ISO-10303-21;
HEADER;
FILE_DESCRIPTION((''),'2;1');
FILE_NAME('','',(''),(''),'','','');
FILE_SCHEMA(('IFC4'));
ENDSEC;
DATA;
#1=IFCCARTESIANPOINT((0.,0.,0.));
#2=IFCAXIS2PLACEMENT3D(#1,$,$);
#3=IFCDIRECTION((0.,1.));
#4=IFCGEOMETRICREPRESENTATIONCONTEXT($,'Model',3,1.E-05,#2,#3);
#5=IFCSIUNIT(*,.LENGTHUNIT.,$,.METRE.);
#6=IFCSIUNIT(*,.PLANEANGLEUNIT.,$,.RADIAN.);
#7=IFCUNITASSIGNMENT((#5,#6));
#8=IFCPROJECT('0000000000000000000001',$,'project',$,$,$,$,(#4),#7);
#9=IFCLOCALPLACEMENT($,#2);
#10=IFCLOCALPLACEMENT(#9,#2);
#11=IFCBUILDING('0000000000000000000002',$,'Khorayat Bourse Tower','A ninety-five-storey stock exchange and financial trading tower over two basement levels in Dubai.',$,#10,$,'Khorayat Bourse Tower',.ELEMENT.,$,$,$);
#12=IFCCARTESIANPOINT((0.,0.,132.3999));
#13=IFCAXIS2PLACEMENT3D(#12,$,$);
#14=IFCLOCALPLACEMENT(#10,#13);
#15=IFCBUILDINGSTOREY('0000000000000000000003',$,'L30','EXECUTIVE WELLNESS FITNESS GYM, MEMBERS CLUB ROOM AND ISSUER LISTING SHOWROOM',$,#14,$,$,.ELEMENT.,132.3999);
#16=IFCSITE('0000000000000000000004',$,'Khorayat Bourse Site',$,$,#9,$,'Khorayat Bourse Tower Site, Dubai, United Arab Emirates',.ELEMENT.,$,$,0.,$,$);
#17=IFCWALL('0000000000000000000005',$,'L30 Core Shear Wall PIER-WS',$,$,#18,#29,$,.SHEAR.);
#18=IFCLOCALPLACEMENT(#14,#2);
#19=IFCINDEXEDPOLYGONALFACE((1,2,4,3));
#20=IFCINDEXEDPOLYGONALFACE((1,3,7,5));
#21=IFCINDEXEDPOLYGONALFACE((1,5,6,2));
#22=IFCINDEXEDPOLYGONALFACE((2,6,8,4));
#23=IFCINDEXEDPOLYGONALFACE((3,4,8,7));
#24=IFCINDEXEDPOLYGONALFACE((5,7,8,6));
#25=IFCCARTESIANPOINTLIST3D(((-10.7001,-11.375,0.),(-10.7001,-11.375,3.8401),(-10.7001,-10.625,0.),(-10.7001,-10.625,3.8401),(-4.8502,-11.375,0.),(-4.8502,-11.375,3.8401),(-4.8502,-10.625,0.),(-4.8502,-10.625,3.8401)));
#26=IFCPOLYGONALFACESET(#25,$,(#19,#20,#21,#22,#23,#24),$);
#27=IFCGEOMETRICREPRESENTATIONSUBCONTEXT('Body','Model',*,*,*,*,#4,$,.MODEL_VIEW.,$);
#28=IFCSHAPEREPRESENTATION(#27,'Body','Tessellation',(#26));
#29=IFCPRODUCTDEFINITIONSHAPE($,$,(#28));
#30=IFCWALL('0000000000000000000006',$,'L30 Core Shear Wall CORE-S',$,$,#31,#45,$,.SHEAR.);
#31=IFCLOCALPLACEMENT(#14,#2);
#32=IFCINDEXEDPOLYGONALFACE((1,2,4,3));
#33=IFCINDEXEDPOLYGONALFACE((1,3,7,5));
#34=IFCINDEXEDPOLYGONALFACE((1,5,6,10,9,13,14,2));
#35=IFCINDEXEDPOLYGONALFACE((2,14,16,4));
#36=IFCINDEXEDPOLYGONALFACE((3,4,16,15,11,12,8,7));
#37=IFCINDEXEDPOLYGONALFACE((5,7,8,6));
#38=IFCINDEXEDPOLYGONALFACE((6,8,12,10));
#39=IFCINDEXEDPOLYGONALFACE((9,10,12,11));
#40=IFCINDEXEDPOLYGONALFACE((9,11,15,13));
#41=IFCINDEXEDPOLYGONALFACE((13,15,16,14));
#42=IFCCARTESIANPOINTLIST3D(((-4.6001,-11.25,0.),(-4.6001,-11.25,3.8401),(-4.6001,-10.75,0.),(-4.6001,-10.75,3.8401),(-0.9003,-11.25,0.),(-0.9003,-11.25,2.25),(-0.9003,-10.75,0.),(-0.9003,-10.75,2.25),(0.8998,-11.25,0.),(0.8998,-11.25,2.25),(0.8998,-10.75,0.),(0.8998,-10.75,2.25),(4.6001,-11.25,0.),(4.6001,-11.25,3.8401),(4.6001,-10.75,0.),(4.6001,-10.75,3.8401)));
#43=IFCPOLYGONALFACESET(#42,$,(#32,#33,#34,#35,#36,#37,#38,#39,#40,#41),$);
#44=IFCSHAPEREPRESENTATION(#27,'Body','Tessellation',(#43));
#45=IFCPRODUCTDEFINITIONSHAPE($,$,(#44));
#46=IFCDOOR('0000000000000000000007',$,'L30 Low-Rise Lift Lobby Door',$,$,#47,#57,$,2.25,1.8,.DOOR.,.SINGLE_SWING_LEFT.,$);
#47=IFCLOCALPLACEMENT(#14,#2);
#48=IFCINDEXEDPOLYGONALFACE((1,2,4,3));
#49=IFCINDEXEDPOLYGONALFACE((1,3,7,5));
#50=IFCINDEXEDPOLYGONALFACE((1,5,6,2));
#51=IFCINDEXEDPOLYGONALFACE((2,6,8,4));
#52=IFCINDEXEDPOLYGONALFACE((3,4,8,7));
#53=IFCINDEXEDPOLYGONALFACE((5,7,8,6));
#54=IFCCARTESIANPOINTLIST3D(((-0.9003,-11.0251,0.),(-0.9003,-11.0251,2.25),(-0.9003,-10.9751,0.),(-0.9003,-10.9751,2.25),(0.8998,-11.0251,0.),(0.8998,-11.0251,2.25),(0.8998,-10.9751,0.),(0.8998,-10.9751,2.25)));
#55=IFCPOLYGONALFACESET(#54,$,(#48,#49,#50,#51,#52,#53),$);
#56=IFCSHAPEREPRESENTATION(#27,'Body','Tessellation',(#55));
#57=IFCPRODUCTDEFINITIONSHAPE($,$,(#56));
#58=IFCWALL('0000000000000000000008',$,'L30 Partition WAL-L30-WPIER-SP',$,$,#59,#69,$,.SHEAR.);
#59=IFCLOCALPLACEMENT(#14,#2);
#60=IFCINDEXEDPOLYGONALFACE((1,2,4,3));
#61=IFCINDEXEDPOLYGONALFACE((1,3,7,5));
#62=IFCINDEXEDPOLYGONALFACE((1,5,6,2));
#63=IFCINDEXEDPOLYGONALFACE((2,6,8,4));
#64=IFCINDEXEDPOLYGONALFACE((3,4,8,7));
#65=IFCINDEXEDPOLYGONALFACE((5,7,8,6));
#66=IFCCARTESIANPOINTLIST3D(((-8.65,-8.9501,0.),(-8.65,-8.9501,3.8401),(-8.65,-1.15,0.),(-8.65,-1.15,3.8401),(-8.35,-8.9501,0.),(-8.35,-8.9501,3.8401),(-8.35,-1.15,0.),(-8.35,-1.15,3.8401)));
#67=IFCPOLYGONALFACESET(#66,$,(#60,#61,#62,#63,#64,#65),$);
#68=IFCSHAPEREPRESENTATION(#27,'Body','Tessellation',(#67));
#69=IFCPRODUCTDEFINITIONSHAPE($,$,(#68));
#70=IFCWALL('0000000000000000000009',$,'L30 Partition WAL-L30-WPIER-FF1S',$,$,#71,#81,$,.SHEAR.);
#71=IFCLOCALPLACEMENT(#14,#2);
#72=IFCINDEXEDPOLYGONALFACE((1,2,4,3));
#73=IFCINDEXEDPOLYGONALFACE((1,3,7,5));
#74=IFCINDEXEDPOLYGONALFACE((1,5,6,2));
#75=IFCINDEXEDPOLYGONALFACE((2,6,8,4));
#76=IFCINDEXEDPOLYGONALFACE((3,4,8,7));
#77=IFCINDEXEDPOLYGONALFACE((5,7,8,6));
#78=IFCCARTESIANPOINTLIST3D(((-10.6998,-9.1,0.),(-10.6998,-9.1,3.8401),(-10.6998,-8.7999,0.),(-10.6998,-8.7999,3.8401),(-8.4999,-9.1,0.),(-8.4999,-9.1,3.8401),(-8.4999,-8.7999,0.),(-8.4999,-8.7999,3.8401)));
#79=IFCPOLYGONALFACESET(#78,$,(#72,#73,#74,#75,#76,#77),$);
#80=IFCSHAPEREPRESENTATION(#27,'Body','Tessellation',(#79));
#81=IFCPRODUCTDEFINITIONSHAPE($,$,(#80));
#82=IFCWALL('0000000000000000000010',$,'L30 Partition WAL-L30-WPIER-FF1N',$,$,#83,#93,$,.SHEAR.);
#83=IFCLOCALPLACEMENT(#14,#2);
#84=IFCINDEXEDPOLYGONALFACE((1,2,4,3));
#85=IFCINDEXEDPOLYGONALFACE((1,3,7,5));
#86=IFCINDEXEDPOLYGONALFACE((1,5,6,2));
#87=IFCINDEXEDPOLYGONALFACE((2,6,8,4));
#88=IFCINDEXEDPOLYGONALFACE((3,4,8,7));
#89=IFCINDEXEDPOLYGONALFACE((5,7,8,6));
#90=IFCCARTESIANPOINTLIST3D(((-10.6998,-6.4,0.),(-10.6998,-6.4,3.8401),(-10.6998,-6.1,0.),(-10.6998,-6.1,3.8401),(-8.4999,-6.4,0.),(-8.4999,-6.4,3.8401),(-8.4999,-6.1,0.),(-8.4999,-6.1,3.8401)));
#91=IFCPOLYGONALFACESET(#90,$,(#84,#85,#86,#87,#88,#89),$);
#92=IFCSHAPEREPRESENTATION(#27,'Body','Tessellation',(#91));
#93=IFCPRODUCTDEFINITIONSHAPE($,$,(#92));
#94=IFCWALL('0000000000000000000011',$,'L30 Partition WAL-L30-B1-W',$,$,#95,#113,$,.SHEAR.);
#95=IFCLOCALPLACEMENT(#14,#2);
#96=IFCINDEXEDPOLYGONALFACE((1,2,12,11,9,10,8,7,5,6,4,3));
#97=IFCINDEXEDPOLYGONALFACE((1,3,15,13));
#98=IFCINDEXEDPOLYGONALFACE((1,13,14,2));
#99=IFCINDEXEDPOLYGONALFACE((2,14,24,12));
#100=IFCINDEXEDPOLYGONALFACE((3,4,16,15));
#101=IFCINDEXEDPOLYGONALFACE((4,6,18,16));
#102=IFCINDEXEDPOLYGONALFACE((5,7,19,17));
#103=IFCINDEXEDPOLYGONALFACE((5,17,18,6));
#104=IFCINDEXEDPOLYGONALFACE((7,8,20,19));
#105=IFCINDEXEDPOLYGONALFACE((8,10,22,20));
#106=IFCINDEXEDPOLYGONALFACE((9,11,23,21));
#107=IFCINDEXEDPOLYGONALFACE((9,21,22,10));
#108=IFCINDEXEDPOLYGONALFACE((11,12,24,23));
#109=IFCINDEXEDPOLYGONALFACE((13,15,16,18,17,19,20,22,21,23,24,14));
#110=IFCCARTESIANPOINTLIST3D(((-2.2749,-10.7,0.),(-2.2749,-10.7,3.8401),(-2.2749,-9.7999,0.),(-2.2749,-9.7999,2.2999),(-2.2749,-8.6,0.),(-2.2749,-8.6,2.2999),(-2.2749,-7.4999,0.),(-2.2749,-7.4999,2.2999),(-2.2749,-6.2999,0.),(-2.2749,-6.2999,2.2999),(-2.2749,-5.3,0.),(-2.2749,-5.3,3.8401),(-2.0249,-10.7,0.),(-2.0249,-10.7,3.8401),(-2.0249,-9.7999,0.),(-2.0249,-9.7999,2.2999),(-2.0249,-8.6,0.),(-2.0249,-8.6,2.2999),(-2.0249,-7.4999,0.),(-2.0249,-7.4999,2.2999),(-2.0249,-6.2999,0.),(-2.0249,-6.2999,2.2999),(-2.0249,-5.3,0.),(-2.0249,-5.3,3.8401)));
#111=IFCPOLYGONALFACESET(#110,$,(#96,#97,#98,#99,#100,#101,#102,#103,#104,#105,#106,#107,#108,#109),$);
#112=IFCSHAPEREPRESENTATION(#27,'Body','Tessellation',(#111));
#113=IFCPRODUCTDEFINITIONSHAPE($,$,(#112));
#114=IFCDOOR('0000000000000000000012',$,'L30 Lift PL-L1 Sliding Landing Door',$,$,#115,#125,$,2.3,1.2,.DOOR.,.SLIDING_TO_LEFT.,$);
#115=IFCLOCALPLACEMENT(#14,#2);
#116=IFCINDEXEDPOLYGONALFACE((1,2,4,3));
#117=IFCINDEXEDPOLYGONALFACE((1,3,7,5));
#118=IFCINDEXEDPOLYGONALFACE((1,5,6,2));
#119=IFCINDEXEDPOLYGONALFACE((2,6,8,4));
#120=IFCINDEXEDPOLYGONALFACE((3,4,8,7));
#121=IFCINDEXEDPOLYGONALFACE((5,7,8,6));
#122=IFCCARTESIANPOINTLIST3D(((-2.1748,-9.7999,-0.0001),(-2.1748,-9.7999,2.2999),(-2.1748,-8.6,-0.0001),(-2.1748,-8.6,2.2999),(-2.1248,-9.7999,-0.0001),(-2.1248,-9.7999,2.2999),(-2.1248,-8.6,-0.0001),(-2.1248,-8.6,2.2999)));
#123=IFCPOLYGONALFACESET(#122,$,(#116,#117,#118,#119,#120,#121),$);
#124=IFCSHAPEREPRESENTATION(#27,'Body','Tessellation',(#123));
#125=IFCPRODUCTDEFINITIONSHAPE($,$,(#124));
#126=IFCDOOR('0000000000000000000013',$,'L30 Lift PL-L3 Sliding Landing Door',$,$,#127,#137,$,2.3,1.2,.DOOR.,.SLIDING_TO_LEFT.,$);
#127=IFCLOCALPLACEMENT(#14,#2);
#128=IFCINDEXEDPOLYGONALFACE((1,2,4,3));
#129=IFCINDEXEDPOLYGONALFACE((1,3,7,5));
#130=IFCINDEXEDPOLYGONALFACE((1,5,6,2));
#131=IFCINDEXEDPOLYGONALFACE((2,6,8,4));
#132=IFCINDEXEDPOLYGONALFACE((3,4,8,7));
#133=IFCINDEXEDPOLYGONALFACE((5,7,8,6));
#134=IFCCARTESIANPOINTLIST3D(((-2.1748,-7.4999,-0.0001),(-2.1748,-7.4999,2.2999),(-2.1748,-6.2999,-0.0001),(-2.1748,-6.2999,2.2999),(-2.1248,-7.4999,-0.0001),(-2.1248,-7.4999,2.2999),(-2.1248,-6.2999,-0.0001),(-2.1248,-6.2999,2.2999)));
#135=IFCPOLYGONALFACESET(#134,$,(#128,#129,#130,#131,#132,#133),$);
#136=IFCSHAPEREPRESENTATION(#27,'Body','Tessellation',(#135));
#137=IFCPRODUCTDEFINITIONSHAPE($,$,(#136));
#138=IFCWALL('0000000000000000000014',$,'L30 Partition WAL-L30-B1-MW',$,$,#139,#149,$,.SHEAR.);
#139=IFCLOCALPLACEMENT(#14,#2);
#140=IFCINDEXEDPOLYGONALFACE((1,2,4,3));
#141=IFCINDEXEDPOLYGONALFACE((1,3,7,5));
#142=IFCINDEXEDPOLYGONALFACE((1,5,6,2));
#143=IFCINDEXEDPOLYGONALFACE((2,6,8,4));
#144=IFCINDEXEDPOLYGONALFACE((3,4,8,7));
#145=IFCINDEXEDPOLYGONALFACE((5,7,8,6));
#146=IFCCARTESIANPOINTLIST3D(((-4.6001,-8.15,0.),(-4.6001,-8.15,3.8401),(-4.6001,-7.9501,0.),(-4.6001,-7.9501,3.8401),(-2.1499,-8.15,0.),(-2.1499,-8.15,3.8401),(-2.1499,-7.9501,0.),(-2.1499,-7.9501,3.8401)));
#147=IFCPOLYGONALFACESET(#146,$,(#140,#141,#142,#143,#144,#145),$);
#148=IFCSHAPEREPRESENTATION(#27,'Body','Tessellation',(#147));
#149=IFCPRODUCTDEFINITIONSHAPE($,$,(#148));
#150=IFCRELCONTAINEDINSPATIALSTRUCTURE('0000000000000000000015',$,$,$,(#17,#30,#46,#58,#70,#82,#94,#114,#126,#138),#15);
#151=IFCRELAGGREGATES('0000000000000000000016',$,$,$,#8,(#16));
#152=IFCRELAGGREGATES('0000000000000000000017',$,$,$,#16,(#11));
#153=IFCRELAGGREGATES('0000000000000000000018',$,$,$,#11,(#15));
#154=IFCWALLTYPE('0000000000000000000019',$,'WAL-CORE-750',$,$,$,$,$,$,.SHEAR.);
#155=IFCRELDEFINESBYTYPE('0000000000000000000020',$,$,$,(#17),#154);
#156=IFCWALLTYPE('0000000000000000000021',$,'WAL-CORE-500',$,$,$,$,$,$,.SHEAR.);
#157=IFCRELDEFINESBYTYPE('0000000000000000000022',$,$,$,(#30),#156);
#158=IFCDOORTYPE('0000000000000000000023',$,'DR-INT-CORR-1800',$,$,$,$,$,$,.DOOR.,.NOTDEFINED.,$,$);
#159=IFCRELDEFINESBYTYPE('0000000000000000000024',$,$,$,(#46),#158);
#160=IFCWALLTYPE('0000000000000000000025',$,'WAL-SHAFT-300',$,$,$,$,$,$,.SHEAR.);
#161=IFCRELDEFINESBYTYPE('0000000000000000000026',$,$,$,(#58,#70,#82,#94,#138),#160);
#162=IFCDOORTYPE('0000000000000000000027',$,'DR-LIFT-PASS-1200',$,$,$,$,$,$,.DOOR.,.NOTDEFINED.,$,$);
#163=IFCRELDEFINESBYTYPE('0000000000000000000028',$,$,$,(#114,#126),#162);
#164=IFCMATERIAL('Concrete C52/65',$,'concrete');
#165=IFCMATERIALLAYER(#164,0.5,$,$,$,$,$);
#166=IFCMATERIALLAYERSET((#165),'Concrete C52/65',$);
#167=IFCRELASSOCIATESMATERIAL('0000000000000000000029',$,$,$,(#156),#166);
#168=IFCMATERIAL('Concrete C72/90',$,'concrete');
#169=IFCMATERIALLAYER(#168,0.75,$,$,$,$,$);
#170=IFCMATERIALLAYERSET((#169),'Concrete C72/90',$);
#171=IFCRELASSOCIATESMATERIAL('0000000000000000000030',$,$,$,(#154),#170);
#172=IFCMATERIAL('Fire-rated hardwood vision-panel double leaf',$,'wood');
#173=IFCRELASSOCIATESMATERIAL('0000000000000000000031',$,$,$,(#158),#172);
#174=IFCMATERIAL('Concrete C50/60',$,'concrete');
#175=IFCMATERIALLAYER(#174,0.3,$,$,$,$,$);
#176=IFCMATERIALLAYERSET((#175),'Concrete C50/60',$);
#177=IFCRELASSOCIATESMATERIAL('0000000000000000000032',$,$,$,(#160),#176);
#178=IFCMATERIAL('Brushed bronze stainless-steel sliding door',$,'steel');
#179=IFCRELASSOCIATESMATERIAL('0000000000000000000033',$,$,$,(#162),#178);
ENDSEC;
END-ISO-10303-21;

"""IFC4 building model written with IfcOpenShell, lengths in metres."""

from ifc_helpers import new_model, si_unit, direction, frame, frame_2d, origin, place, context, subcontext, project, spatial, rectangle, extrude, source, transform, mapped, material, layer, layer_set, type_object, element, fill, save


model = new_model("IFC4")

# Units and contexts
model_context = context("Model", 3, precision=1e-05, world=origin(), true_north=direction((0.0, 1.0)))
body_context = subcontext(model_context, "Body", "Model", "MODEL_VIEW")
ifc_project = project(units=[si_unit("LENGTHUNIT", "METRE"), si_unit("PLANEANGLEUNIT", "RADIAN")], contexts=[model_context])

# Site, building, storey
site_placement = place(None, origin())
site = spatial("IfcSite", under=ifc_project, at=site_placement, Name="Khorayat Bourse Site", LongName="Khorayat Bourse Tower Site, Dubai, United Arab Emirates", CompositionType="ELEMENT", RefElevation=0.0)
building_placement = place(site_placement, origin())
building = spatial("IfcBuilding", under=site, at=building_placement, Name="Khorayat Bourse Tower", Description="A ninety-five-storey stock exchange and financial trading tower over two basement levels in Dubai.", LongName="Khorayat Bourse Tower", CompositionType="ELEMENT")
storey_placement = place(building_placement, frame((0.0, 0.0, 132.3999)))
storey = spatial("IfcBuildingStorey", under=building, at=storey_placement, Name="L30", Description="EXECUTIVE WELLNESS FITNESS GYM, MEMBERS CLUB ROOM AND ISSUER LISTING SHOWROOM", CompositionType="ELEMENT", Elevation=132.3999)

# Shared definitions
ifc_material_1 = material(Name="Concrete C72/90", Category="concrete")

# Wall
ifc_material_2 = material(Name="Concrete C52/65", Category="concrete")
ifc_layer_1 = layer(ifc_material_2, 0.5)
ifc_layer_set_1 = layer_set([ifc_layer_1], Name="Concrete C52/65")
wall_type_1 = type_object("IfcWallType", Name="WAL-CORE-500", PredefinedType="SHEAR", material=ifc_layer_set_1)
ifc_layer_2 = layer(ifc_material_1, 0.75)
ifc_layer_set_2 = layer_set([ifc_layer_2], Name="Concrete C72/90")
wall_type_2 = type_object("IfcWallType", Name="WAL-CORE-750", PredefinedType="SHEAR", material=ifc_layer_set_2)
shared_shape_1 = source(origin(), body_context, "Body", "SweptSolid", [
    extrude(rectangle(XDim=5.8499, YDim=0.75, at=frame_2d((2.9248, 0.0))), origin(), (0.0, 0.0, 1.0), 3.8401),
])
wall_1_placement = place(storey_placement, frame((-10.7, -11.0, 0.0), z_axis=(0.0, 0.0, 1.0), x_axis=(1.0, 0.0, 0.0)))
element("IfcWall", 1, at=wall_1_placement, inside=storey, type_object=wall_type_2, Name="L30 Core Shear Wall PIER-WS", PredefinedType="SHEAR", context=body_context, shape_type="MappedRepresentation", body=[
    mapped(shared_shape_1, transform((0.0, 0.0, 0.0), scale=1.0)),
])

# Wall, opening, door
shared_shape_2 = source(origin(), body_context, "Body", "SweptSolid", [
    extrude(rectangle(XDim=9.2002, YDim=0.5, at=frame_2d((4.6001, 0.0))), origin(), (0.0, 0.0, 1.0), 3.8401),
])
wall_2_placement = place(storey_placement, frame((-4.6001, -11.0, 0.0), z_axis=(0.0, 0.0, 1.0), x_axis=(1.0, 0.0, 0.0)))
wall_2 = element("IfcWall", 2, at=wall_2_placement, inside=storey, type_object=wall_type_1, Name="L30 Core Shear Wall CORE-S", PredefinedType="SHEAR", context=body_context, shape_type="MappedRepresentation", body=[
    mapped(shared_shape_2, transform((0.0, 0.0, 0.0), scale=1.0)),
])
shared_shape_3 = source(origin(), body_context, "Body", "SweptSolid", [
    extrude(rectangle(XDim=1.8, YDim=2.25, at=frame_2d((0.8999, 1.125))), frame((0.0, 0.26, 0.0), z_axis=(0.0, -1.0, 0.0), x_axis=(1.0, 0.0, 0.0)), (0.0, 0.0, 1.0), 0.52),
])
opening_1_placement = place(wall_2_placement, frame((3.7, 0.0, 0.0)))
opening_1 = element("IfcOpeningElement", 3, at=opening_1_placement, cuts=wall_2, PredefinedType="OPENING", context=body_context, shape_type="MappedRepresentation", body=[
    mapped(shared_shape_3, transform((0.0, 0.0, 0.0), scale=1.0)),
])
ifc_material_3 = material(Name="Fire-rated hardwood vision-panel double leaf", Category="wood")
door_type_1 = type_object("IfcDoorType", Name="DR-INT-CORR-1800", OperationType="NOTDEFINED", PredefinedType="DOOR", material=ifc_material_3)
shared_shape_4 = source(origin(), body_context, "Body", "SweptSolid", [
    extrude(rectangle(XDim=1.8, YDim=2.25, at=frame_2d((0.8999, 1.125))), frame((0.0, 0.0249, 0.0), z_axis=(0.0, -1.0, 0.0), x_axis=(1.0, 0.0, 0.0)), (0.0, 0.0, 1.0), 0.05),
])
door_1_placement = place(opening_1_placement, origin())
door_1 = element("IfcDoor", 4, at=door_1_placement, inside=storey, type_object=door_type_1, Name="L30 Low-Rise Lift Lobby Door", OperationType="SINGLE_SWING_LEFT", OverallHeight=2.25, OverallWidth=1.8, PredefinedType="DOOR", context=body_context, shape_type="MappedRepresentation", body=[
    mapped(shared_shape_4, transform((0.0, 0.0, 0.0), scale=1.0)),
])
fill(opening_1, door_1)

# Walls
ifc_material_4 = material(Name="Concrete C50/60", Category="concrete")
ifc_layer_3 = layer(ifc_material_4, 0.3)
ifc_layer_set_3 = layer_set([ifc_layer_3], Name="Concrete C50/60")
wall_type_3 = type_object("IfcWallType", Name="WAL-SHAFT-300", PredefinedType="SHEAR", material=ifc_layer_set_3)
shared_shape_5 = source(origin(), body_context, "Body", "SweptSolid", [
    extrude(rectangle(XDim=7.8, YDim=0.3, at=frame_2d((3.8999, 0.0))), origin(), (0.0, 0.0, 1.0), 3.8401),
])
wall_3_placement = place(storey_placement, frame((-8.5, -8.95, 0.0), z_axis=(0.0, 0.0, 1.0), x_axis=(0.0, 1.0, 0.0)))
element("IfcWall", 5, at=wall_3_placement, inside=storey, type_object=wall_type_3, Name="L30 Partition WAL-L30-WPIER-SP", PredefinedType="SHEAR", context=body_context, shape_type="MappedRepresentation", body=[
    mapped(shared_shape_5, transform((0.0, 0.0, 0.0), scale=1.0)),
])
shared_shape_6 = source(origin(), body_context, "Body", "SweptSolid", [
    extrude(rectangle(XDim=2.2, YDim=0.3, at=frame_2d((1.1001, 0.0))), origin(), (0.0, 0.0, 1.0), 3.8401),
])
for number, where, z_axis, x_axis, name in (
    (6, (-10.7, -8.95, 0.0), (0.0, 0.0, 1.0), (1.0, 0.0, 0.0), "L30 Partition WAL-L30-WPIER-FF1S"),
    (7, (-10.7, -6.25, 0.0), (0.0, 0.0, 1.0), (1.0, 0.0, 0.0), "L30 Partition WAL-L30-WPIER-FF1N"),
):
    element("IfcWall", number, at=place(storey_placement, frame(where, z_axis=z_axis, x_axis=x_axis)), inside=storey, type_object=wall_type_3, Name=name, PredefinedType="SHEAR", context=body_context, shape_type="MappedRepresentation", body=[
        mapped(shared_shape_6, transform((0.0, 0.0, 0.0), scale=1.0)),
    ])

# Wall, openings, doors
shared_shape_7 = source(origin(), body_context, "Body", "SweptSolid", [
    extrude(rectangle(XDim=5.3999, YDim=0.25, at=frame_2d((2.7, 0.0))), origin(), (0.0, 0.0, 1.0), 3.8401),
])
wall_4_placement = place(storey_placement, frame((-2.1499, -10.7, 0.0), z_axis=(0.0, 0.0, 1.0), x_axis=(0.0, 1.0, 0.0)))
wall_4 = element("IfcWall", 8, at=wall_4_placement, inside=storey, type_object=wall_type_3, Name="L30 Partition WAL-L30-B1-W", PredefinedType="SHEAR", context=body_context, shape_type="MappedRepresentation", body=[
    mapped(shared_shape_7, transform((0.0, 0.0, 0.0), scale=1.0)),
])
shared_shape_8 = source(origin(), body_context, "Body", "SweptSolid", [
    extrude(rectangle(XDim=1.2, YDim=2.3, at=frame_2d((0.6001, 1.1499))), frame((0.0, 0.135, 0.0), z_axis=(0.0, -1.0, 0.0), x_axis=(1.0, 0.0, 0.0)), (0.0, 0.0, 1.0), 0.27),
])
opening_2_placement = place(wall_4_placement, frame((0.8999, 0.0, 0.0)))
opening_2 = element("IfcOpeningElement", 9, at=opening_2_placement, cuts=wall_4, PredefinedType="OPENING", context=body_context, shape_type="MappedRepresentation", body=[
    mapped(shared_shape_8, transform((0.0, 0.0, 0.0), scale=1.0)),
])
opening_3_placement = place(wall_4_placement, frame((3.2, 0.0, 0.0)))
opening_3 = element("IfcOpeningElement", 10, at=opening_3_placement, cuts=wall_4, PredefinedType="OPENING", context=body_context, shape_type="MappedRepresentation", body=[
    mapped(shared_shape_8, transform((0.0, 0.0, 0.0), scale=1.0)),
])
ifc_material_5 = material(Name="Brushed bronze stainless-steel sliding door", Category="steel")
door_type_2 = type_object("IfcDoorType", Name="DR-LIFT-PASS-1200", OperationType="NOTDEFINED", PredefinedType="DOOR", material=ifc_material_5)
shared_shape_9 = source(origin(), body_context, "Body", "SweptSolid", [
    extrude(rectangle(XDim=1.2, YDim=2.3, at=frame_2d((0.6001, 1.1499))), frame((0.0, 0.0249, 0.0), z_axis=(0.0, -1.0, 0.0), x_axis=(1.0, 0.0, 0.0)), (0.0, 0.0, 1.0), 0.05),
])
door_2_placement = place(opening_2_placement, origin())
door_2 = element("IfcDoor", 11, at=door_2_placement, inside=storey, type_object=door_type_2, Name="L30 Lift PL-L1 Sliding Landing Door", OperationType="SLIDING_TO_LEFT", OverallHeight=2.3, OverallWidth=1.2, PredefinedType="DOOR", context=body_context, shape_type="MappedRepresentation", body=[
    mapped(shared_shape_9, transform((0.0, 0.0, 0.0), scale=1.0)),
])
fill(opening_2, door_2)
door_3_placement = place(opening_3_placement, origin())
door_3 = element("IfcDoor", 12, at=door_3_placement, inside=storey, type_object=door_type_2, Name="L30 Lift PL-L3 Sliding Landing Door", OperationType="SLIDING_TO_LEFT", OverallHeight=2.3, OverallWidth=1.2, PredefinedType="DOOR", context=body_context, shape_type="MappedRepresentation", body=[
    mapped(shared_shape_9, transform((0.0, 0.0, 0.0), scale=1.0)),
])
fill(opening_3, door_3)

# Wall
shared_shape_10 = source(origin(), body_context, "Body", "SweptSolid", [
    extrude(rectangle(XDim=2.4502, YDim=0.2, at=frame_2d((1.2251, 0.0))), origin(), (0.0, 0.0, 1.0), 3.8401),
])
wall_5_placement = place(storey_placement, frame((-4.6001, -8.05, 0.0), z_axis=(0.0, 0.0, 1.0), x_axis=(1.0, 0.0, 0.0)))
element("IfcWall", 13, at=wall_5_placement, inside=storey, type_object=wall_type_3, Name="L30 Partition WAL-L30-B1-MW", PredefinedType="SHEAR", context=body_context, shape_type="MappedRepresentation", body=[
    mapped(shared_shape_10, transform((0.0, 0.0, 0.0), scale=1.0)),
])

save(model, "model.ifc")
